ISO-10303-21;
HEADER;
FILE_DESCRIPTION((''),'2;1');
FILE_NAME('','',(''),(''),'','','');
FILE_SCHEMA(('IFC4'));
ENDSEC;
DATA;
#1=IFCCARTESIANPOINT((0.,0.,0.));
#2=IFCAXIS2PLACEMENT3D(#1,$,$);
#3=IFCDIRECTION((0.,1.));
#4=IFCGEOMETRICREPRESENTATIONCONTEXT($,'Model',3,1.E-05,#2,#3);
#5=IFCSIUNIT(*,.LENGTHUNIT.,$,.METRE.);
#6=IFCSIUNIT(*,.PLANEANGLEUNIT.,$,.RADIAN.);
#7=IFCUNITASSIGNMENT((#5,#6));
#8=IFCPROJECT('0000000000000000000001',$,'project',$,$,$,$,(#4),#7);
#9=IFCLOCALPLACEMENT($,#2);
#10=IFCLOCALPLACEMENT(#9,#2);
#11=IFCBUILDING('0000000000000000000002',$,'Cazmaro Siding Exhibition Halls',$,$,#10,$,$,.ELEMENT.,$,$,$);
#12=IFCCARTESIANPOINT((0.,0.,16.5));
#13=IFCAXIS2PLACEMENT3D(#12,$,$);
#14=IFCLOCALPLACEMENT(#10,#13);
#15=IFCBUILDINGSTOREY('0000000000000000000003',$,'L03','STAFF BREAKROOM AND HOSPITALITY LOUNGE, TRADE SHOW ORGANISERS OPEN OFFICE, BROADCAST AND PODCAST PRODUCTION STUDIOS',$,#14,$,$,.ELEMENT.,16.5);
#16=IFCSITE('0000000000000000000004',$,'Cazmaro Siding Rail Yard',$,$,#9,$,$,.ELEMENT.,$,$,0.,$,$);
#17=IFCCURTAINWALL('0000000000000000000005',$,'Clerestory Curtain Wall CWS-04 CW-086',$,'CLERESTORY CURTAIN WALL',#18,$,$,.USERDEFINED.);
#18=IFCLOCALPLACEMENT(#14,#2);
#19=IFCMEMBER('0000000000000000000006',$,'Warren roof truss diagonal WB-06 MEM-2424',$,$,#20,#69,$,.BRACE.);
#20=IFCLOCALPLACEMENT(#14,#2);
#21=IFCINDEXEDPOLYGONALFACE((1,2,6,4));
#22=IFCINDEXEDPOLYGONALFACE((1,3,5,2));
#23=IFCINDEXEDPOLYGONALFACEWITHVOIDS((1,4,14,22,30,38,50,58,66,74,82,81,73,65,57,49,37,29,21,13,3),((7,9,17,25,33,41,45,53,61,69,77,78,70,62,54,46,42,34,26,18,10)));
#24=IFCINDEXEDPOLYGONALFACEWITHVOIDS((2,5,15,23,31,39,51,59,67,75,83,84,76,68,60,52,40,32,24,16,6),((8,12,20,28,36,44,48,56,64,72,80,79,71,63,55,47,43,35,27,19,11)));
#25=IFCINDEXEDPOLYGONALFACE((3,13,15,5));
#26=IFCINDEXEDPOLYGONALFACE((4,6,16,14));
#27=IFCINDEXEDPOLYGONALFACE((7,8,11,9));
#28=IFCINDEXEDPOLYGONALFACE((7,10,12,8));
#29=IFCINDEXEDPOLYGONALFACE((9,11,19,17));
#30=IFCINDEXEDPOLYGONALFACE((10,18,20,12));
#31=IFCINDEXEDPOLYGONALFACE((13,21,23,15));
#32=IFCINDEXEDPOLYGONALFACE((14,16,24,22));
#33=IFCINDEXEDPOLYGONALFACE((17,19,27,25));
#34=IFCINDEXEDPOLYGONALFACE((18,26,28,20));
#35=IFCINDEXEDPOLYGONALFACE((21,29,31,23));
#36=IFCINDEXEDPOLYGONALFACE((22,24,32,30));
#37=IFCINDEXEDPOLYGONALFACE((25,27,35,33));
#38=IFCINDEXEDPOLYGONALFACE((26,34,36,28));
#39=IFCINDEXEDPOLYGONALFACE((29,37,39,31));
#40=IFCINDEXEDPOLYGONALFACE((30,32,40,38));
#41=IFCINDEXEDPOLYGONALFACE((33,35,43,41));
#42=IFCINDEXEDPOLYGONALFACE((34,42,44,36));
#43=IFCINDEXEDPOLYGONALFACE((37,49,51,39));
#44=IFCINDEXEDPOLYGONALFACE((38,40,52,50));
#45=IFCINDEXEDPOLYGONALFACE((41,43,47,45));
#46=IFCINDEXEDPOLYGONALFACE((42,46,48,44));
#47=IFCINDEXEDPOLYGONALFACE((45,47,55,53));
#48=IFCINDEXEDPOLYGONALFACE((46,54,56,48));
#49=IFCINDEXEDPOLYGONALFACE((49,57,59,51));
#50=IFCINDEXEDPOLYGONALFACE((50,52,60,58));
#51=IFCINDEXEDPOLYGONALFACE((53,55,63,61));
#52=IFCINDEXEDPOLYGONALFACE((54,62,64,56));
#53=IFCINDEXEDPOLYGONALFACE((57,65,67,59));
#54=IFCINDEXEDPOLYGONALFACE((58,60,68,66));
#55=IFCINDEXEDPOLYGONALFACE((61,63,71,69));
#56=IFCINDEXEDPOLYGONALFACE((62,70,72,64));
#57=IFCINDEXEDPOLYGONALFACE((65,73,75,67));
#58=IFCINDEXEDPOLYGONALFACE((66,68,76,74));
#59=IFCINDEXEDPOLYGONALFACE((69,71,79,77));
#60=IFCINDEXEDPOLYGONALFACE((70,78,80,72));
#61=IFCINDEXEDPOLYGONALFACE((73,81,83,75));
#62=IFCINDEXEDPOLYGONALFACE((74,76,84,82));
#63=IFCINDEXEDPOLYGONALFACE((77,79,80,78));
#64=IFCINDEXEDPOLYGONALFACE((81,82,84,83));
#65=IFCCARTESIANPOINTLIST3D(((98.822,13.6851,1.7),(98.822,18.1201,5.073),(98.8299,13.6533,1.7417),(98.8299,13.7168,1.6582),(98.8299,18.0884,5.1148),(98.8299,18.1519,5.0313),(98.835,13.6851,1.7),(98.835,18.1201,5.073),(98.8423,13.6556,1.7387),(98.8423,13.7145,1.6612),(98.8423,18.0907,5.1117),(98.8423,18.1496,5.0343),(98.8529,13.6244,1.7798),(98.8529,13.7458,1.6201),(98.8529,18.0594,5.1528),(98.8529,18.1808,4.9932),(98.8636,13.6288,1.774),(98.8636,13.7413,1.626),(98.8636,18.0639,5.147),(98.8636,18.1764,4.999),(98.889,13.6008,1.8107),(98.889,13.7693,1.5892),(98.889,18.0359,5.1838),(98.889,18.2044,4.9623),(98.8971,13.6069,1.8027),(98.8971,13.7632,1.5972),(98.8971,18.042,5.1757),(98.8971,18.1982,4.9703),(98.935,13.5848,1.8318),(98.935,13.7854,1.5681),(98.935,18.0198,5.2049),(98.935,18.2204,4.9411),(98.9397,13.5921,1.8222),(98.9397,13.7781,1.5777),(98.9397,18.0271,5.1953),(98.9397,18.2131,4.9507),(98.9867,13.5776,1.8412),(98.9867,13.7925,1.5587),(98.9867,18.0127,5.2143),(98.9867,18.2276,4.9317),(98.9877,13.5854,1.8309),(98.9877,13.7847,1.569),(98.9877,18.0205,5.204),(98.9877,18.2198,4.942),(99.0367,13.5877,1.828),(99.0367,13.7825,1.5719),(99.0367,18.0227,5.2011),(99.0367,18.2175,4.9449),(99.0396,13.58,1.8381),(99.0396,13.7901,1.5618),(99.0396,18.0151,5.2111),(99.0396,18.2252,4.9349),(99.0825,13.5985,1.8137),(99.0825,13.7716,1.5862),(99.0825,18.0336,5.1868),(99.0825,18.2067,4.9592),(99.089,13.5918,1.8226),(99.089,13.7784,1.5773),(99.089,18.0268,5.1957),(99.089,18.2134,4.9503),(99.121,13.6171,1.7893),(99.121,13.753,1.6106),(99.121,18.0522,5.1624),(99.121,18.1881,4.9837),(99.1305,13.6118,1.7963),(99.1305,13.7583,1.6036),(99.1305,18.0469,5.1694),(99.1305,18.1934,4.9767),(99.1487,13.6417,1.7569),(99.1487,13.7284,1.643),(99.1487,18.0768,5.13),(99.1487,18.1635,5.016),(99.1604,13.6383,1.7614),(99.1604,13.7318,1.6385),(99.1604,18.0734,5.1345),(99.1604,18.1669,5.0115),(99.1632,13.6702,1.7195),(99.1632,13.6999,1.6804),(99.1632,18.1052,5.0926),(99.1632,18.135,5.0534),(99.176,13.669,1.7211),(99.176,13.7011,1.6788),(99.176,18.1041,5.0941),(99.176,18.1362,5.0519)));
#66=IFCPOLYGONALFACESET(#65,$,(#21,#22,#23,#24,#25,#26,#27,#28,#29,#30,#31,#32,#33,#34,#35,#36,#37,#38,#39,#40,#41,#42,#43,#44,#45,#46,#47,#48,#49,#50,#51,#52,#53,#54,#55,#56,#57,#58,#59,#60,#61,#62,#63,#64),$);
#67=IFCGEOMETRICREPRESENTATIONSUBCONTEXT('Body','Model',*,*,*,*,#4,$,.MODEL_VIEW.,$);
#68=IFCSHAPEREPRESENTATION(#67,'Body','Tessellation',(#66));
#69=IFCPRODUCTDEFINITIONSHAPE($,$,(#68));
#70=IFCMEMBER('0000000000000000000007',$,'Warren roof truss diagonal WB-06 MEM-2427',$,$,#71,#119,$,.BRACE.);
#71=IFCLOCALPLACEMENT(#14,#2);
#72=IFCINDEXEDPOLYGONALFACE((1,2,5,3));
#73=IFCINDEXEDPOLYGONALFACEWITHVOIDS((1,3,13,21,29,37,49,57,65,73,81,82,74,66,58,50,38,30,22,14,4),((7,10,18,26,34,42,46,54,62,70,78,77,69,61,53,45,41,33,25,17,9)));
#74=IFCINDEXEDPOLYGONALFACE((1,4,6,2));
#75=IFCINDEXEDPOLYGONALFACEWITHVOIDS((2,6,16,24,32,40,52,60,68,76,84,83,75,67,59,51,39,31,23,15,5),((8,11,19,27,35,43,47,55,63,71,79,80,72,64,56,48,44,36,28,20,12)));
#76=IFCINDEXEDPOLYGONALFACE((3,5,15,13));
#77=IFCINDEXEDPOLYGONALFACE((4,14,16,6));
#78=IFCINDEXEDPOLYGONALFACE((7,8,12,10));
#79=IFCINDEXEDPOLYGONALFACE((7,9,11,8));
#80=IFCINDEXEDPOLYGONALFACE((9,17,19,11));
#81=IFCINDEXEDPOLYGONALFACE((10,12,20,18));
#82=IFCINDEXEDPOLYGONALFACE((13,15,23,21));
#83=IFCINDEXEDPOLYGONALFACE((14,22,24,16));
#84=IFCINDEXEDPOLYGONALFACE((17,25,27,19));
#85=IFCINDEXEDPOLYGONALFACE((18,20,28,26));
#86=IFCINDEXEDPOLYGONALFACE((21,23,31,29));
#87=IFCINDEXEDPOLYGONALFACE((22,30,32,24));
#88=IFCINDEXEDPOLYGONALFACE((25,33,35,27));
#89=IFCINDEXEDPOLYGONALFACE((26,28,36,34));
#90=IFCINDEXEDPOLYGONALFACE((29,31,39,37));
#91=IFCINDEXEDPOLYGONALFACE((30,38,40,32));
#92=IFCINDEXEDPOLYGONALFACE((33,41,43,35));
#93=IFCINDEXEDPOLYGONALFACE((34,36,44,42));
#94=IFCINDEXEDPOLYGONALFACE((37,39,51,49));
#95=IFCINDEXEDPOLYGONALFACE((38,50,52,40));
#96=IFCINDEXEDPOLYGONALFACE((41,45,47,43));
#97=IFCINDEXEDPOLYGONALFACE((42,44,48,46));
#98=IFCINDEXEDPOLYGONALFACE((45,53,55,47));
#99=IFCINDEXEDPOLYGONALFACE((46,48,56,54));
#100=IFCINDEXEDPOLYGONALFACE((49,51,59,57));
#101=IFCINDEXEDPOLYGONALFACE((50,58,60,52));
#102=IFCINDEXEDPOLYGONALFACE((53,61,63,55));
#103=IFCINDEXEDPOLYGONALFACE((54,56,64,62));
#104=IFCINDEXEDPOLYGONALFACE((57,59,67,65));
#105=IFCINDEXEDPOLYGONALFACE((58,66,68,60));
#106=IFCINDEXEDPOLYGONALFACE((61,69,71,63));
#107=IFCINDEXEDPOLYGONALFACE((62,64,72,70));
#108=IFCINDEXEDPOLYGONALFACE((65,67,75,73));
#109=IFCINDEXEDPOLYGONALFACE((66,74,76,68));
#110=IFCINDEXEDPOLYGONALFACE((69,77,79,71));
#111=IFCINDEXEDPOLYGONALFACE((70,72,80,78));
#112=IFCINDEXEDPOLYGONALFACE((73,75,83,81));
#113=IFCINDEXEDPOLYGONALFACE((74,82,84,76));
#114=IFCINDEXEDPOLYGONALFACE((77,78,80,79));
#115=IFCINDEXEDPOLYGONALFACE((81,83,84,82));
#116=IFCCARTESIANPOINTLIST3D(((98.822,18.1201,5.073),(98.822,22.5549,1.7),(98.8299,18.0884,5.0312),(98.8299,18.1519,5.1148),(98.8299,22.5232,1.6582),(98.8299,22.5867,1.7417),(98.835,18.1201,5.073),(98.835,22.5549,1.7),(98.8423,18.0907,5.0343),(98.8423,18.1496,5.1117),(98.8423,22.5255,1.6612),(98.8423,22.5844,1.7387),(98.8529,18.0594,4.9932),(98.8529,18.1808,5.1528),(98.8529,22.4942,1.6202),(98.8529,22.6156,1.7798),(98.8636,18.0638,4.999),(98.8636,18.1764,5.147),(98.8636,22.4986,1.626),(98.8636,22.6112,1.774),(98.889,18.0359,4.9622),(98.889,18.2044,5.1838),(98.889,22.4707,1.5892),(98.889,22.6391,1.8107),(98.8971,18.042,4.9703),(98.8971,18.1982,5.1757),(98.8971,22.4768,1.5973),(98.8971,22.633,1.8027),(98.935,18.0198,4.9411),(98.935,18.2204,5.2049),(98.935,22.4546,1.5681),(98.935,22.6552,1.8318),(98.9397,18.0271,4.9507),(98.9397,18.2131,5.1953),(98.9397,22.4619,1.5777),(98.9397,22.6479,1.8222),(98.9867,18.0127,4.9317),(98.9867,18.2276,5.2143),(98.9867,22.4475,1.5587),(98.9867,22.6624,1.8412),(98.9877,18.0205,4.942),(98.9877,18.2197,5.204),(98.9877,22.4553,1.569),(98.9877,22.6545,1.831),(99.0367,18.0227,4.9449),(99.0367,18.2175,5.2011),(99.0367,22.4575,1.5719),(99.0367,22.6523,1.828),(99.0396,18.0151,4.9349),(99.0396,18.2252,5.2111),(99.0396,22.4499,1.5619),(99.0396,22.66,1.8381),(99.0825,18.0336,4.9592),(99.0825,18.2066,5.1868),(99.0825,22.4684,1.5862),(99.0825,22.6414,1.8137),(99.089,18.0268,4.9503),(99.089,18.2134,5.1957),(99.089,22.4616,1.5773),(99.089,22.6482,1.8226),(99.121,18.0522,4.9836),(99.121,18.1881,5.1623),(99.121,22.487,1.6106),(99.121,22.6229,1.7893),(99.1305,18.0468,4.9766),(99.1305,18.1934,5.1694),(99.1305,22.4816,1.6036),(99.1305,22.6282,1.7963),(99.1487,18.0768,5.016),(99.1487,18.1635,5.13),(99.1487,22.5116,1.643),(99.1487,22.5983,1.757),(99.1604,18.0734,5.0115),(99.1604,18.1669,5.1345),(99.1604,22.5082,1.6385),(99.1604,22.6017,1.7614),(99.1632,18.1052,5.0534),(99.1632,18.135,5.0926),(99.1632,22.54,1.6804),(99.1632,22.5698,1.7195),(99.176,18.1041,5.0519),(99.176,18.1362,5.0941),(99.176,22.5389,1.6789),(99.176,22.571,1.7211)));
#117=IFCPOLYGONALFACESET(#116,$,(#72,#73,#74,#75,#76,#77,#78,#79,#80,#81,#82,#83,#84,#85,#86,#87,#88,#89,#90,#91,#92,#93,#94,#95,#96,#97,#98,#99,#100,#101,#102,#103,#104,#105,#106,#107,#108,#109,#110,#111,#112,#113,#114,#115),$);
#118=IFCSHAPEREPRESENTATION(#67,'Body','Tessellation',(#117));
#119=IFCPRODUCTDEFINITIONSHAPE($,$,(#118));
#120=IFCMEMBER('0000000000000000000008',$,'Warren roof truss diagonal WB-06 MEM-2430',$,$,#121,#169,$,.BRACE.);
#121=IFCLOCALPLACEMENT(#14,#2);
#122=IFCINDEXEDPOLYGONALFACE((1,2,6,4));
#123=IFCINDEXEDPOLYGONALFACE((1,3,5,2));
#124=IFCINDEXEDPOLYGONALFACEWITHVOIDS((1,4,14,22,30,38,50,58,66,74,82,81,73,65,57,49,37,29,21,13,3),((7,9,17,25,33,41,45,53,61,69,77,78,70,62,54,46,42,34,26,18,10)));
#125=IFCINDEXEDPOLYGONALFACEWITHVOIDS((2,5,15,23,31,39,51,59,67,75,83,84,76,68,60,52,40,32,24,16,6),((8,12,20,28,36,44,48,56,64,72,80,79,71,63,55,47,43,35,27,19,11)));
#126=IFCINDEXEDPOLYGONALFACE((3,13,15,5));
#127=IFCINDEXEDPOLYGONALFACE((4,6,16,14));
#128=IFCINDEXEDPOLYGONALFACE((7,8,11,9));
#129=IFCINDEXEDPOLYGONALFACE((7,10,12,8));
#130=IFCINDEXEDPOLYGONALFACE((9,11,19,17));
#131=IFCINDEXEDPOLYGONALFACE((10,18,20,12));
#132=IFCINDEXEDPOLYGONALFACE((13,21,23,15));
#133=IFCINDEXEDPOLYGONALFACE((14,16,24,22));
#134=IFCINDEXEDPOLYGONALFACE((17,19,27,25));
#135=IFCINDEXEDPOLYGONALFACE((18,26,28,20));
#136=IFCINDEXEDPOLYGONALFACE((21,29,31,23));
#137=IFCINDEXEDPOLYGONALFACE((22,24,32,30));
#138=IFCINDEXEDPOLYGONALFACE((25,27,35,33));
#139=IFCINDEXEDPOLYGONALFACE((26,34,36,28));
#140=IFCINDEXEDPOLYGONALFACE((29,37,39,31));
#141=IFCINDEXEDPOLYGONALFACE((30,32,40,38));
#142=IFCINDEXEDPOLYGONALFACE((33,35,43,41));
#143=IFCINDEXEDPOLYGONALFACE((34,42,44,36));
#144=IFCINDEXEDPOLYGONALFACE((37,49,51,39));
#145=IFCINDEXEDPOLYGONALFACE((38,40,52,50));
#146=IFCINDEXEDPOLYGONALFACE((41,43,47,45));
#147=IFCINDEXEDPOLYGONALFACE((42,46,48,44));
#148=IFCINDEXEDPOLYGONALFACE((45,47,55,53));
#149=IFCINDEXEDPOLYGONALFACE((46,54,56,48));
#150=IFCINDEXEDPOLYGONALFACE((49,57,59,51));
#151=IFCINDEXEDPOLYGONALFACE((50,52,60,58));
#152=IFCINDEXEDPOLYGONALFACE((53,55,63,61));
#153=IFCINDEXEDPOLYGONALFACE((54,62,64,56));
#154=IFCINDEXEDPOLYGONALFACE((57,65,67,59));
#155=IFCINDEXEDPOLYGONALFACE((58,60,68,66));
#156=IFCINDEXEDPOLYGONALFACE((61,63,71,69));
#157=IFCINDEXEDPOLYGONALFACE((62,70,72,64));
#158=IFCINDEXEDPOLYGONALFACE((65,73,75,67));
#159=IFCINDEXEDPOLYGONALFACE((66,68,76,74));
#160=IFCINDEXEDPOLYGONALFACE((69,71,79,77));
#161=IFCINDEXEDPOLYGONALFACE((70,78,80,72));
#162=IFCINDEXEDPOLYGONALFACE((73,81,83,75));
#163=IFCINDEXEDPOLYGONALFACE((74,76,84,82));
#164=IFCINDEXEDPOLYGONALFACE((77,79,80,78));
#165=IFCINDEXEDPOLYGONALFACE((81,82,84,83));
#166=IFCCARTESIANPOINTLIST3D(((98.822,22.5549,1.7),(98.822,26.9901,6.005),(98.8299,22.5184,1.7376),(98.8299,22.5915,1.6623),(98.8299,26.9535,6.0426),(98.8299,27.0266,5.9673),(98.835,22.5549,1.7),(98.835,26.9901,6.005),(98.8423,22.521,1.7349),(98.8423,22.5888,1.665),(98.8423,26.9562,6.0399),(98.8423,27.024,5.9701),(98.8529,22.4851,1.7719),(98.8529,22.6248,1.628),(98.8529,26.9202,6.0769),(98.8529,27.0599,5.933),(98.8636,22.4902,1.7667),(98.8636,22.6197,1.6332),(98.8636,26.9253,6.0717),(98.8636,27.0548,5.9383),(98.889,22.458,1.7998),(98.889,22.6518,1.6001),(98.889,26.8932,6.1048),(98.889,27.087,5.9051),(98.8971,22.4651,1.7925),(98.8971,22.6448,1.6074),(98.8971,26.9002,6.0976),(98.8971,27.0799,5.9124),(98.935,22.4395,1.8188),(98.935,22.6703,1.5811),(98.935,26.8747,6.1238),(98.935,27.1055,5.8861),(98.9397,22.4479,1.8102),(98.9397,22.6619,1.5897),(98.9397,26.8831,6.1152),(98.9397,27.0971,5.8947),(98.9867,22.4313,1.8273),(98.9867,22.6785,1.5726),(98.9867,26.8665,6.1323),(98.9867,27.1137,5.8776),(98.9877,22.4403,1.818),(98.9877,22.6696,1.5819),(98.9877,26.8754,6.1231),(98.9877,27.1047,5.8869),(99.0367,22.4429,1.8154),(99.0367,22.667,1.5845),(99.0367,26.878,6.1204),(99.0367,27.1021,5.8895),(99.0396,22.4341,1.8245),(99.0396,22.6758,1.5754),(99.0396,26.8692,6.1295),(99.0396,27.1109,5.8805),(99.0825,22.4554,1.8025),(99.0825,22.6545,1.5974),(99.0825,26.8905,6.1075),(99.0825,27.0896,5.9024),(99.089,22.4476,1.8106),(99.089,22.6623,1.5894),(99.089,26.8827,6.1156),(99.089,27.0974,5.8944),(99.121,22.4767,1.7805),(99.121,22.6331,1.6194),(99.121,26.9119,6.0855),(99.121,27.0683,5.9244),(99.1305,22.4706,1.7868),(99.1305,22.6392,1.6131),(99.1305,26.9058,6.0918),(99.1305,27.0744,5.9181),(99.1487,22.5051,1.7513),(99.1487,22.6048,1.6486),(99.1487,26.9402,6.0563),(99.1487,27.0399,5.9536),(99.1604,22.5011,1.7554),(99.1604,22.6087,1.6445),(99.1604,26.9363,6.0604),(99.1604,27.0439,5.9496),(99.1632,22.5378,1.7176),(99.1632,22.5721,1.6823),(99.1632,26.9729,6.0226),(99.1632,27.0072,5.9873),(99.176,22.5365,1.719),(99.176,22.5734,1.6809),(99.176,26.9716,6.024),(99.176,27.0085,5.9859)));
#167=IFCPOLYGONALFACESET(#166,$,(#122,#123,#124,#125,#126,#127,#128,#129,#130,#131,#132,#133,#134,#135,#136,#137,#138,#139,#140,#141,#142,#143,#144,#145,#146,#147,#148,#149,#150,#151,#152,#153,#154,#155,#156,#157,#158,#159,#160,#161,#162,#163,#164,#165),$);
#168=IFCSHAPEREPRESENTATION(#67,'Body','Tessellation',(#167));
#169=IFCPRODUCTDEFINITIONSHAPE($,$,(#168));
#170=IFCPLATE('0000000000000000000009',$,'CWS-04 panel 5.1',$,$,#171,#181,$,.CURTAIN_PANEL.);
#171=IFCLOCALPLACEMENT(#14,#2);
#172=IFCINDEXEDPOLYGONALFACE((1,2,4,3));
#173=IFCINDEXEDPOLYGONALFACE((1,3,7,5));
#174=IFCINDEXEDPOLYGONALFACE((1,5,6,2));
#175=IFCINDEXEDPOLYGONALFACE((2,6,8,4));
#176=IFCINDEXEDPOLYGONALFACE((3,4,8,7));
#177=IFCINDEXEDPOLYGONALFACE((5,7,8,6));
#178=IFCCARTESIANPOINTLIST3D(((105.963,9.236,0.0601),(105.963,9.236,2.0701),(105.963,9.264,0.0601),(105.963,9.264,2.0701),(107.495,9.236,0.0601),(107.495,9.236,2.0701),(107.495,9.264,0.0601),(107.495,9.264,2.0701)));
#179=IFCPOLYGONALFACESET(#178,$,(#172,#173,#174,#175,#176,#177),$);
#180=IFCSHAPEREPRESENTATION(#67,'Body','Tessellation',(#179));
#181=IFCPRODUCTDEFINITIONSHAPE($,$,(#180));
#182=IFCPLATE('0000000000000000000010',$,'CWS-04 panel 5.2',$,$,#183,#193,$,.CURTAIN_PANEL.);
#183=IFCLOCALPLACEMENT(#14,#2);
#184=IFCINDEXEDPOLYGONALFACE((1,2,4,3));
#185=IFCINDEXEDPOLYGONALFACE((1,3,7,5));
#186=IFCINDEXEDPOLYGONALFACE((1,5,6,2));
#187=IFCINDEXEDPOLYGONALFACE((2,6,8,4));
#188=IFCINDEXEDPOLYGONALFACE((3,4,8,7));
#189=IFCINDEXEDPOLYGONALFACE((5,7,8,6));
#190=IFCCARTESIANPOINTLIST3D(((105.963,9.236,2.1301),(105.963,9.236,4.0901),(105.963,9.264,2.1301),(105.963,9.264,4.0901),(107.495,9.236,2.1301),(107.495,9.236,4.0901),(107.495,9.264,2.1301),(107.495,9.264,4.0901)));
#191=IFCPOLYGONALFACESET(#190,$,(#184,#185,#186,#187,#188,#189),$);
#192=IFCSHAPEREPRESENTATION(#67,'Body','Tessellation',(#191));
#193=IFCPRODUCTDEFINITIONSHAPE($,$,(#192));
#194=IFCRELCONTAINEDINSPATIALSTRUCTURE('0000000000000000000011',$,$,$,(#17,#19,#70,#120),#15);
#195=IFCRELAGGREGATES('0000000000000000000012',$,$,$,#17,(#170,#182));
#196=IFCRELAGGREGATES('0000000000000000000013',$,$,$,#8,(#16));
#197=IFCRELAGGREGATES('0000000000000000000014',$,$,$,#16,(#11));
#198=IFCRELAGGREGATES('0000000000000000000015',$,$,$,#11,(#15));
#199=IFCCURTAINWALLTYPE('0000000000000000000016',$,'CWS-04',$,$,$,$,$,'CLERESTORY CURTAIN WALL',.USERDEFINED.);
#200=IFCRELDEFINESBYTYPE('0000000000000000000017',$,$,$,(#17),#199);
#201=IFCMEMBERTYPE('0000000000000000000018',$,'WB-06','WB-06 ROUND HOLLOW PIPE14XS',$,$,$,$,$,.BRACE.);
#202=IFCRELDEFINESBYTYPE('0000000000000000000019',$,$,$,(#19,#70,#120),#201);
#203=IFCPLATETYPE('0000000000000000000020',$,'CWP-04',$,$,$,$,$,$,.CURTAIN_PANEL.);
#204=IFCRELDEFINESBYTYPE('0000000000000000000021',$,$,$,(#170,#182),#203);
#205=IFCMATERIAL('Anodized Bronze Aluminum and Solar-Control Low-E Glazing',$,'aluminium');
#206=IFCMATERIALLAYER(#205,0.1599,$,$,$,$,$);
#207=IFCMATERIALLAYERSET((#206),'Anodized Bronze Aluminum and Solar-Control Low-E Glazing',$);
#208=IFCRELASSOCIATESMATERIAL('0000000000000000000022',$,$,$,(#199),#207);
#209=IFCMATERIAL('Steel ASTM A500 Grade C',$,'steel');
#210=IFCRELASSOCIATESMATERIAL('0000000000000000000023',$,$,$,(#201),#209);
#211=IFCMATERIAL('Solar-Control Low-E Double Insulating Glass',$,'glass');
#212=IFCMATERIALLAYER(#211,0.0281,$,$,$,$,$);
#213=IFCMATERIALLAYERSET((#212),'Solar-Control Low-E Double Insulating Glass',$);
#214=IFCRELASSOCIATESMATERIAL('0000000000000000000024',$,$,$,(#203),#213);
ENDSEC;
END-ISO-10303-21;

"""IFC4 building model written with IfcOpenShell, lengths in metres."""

from ifc_helpers import new_model, si_unit, direction, frame, origin, origin_2d, place, context, subcontext, project, spatial, rectangle, hollow_circle, extrude, material, layer, layer_set, material_profile, profile_set, type_object, element, aggregate, save


model = new_model("IFC4")

# Units and contexts
model_context = context("Model", 3, precision=1e-05, world=origin(), true_north=direction((0.0, 1.0)))
body_context = subcontext(model_context, "Body", "Model", "MODEL_VIEW")
ifc_project = project(units=[si_unit("LENGTHUNIT", "METRE"), si_unit("PLANEANGLEUNIT", "RADIAN")], contexts=[model_context])

# Site, building, storey
site_placement = place(None, origin())
site = spatial("IfcSite", under=ifc_project, at=site_placement, Name="Cazmaro Siding Rail Yard", CompositionType="ELEMENT", RefElevation=0.0)
building_placement = place(site_placement, origin())
building = spatial("IfcBuilding", under=site, at=building_placement, Name="Cazmaro Siding Exhibition Halls", CompositionType="ELEMENT")
storey_placement = place(building_placement, frame((0.0, 0.0, 16.5)))
storey = spatial("IfcBuildingStorey", under=building, at=storey_placement, Name="L03", Description="STAFF BREAKROOM AND HOSPITALITY LOUNGE, TRADE SHOW ORGANISERS OPEN OFFICE, BROADCAST AND PODCAST PRODUCTION STUDIOS", CompositionType="ELEMENT", Elevation=16.5)

# Curtain wall
ifc_material_1 = material(Name="Anodized Bronze Aluminum and Solar-Control Low-E Glazing", Category="aluminium")
ifc_layer_1 = layer(ifc_material_1, 0.1599)
ifc_layer_set_1 = layer_set([ifc_layer_1], Name="Anodized Bronze Aluminum and Solar-Control Low-E Glazing")
curtain_wall_type = type_object("IfcCurtainWallType", Name="CWS-04", ElementType="CLERESTORY CURTAIN WALL", PredefinedType="USERDEFINED", material=ifc_layer_set_1)
curtain_wall_placement = place(storey_placement, origin())
curtain_wall = element("IfcCurtainWall", 1, at=curtain_wall_placement, inside=storey, type_object=curtain_wall_type, Name="Clerestory Curtain Wall CWS-04 CW-086", ObjectType="CLERESTORY CURTAIN WALL", PredefinedType="USERDEFINED")

# Members
ifc_material_2 = material(Name="Steel ASTM A500 Grade C", Category="steel")
ifc_material_profile_1 = material_profile(ifc_material_2, hollow_circle(Radius=0.178, WallThickness=0.0129, at=origin_2d()), Name="PIPE14XS")
ifc_profile_set_1 = profile_set([ifc_material_profile_1], Name="Steel ASTM A500 Grade C")
member_type_1 = type_object("IfcMemberType", Name="WB-06", Description="WB-06 ROUND HOLLOW PIPE14XS", PredefinedType="BRACE", material=ifc_profile_set_1)
member_1_placement = place(storey_placement, frame((99.0, 13.6851, 1.7), z_axis=(0.0, 0.795954, 0.605357), x_axis=(-1.0, 0.0, 0.0)))
element("IfcMember", 2, at=member_1_placement, inside=storey, type_object=member_type_1, Name="Warren roof truss diagonal WB-06 MEM-2424", PredefinedType="BRACE", context=body_context, shape_type="SweptSolid", body=[
    extrude(hollow_circle(Radius=0.178, WallThickness=0.0129, at=origin_2d()), origin(), (0.0, 0.0, 1.0), 5.572),
])
member_2_placement = place(storey_placement, frame((99.0, 18.1201, 5.073), z_axis=(0.0, 0.795938, -0.605378), x_axis=(-1.0, 0.0, 0.0)))
element("IfcMember", 3, at=member_2_placement, inside=storey, type_object=member_type_1, Name="Warren roof truss diagonal WB-06 MEM-2427", PredefinedType="BRACE", context=body_context, shape_type="SweptSolid", body=[
    extrude(hollow_circle(Radius=0.178, WallThickness=0.0129, at=origin_2d()), origin(), (0.0, 0.0, 1.0), 5.5718),
])
member_3_placement = place(storey_placement, frame((99.0, 22.5549, 1.7), z_axis=(0.0, 0.717555, 0.696502), x_axis=(-1.0, 0.0, 0.0)))
element("IfcMember", 4, at=member_3_placement, inside=storey, type_object=member_type_1, Name="Warren roof truss diagonal WB-06 MEM-2430", PredefinedType="BRACE", context=body_context, shape_type="SweptSolid", body=[
    extrude(hollow_circle(Radius=0.178, WallThickness=0.0129, at=origin_2d()), origin(), (0.0, 0.0, 1.0), 6.1809),
])

# Plates
ifc_material_3 = material(Name="Solar-Control Low-E Double Insulating Glass", Category="glass")
ifc_layer_2 = layer(ifc_material_3, 0.0281)
ifc_layer_set_2 = layer_set([ifc_layer_2], Name="Solar-Control Low-E Double Insulating Glass")
plate_type = type_object("IfcPlateType", Name="CWP-04", PredefinedType="CURTAIN_PANEL", material=ifc_layer_set_2)
plate_1_placement = place(storey_placement, frame((106.729, 9.25, 0.0601), z_axis=(0.0, 0.0, 1.0), x_axis=(1.0, 0.0, 0.0)))
plate_1 = element("IfcPlate", 5, at=plate_1_placement, type_object=plate_type, Name="CWS-04 panel 5.1", PredefinedType="CURTAIN_PANEL", context=body_context, shape_type="SweptSolid", body=[
    extrude(rectangle(XDim=1.532, YDim=0.0281, at=origin_2d()), origin(), (0.0, 0.0, 1.0), 2.01),
])
plate_2_placement = place(storey_placement, frame((106.729, 9.25, 2.1301), z_axis=(0.0, 0.0, 1.0), x_axis=(1.0, 0.0, 0.0)))
plate_2 = element("IfcPlate", 6, at=plate_2_placement, type_object=plate_type, Name="CWS-04 panel 5.2", PredefinedType="CURTAIN_PANEL", context=body_context, shape_type="SweptSolid", body=[
    extrude(rectangle(XDim=1.532, YDim=0.0281, at=origin_2d()), origin(), (0.0, 0.0, 1.0), 1.96),
])
aggregate(curtain_wall, [plate_1, plate_2])

save(model, "model.ifc")
